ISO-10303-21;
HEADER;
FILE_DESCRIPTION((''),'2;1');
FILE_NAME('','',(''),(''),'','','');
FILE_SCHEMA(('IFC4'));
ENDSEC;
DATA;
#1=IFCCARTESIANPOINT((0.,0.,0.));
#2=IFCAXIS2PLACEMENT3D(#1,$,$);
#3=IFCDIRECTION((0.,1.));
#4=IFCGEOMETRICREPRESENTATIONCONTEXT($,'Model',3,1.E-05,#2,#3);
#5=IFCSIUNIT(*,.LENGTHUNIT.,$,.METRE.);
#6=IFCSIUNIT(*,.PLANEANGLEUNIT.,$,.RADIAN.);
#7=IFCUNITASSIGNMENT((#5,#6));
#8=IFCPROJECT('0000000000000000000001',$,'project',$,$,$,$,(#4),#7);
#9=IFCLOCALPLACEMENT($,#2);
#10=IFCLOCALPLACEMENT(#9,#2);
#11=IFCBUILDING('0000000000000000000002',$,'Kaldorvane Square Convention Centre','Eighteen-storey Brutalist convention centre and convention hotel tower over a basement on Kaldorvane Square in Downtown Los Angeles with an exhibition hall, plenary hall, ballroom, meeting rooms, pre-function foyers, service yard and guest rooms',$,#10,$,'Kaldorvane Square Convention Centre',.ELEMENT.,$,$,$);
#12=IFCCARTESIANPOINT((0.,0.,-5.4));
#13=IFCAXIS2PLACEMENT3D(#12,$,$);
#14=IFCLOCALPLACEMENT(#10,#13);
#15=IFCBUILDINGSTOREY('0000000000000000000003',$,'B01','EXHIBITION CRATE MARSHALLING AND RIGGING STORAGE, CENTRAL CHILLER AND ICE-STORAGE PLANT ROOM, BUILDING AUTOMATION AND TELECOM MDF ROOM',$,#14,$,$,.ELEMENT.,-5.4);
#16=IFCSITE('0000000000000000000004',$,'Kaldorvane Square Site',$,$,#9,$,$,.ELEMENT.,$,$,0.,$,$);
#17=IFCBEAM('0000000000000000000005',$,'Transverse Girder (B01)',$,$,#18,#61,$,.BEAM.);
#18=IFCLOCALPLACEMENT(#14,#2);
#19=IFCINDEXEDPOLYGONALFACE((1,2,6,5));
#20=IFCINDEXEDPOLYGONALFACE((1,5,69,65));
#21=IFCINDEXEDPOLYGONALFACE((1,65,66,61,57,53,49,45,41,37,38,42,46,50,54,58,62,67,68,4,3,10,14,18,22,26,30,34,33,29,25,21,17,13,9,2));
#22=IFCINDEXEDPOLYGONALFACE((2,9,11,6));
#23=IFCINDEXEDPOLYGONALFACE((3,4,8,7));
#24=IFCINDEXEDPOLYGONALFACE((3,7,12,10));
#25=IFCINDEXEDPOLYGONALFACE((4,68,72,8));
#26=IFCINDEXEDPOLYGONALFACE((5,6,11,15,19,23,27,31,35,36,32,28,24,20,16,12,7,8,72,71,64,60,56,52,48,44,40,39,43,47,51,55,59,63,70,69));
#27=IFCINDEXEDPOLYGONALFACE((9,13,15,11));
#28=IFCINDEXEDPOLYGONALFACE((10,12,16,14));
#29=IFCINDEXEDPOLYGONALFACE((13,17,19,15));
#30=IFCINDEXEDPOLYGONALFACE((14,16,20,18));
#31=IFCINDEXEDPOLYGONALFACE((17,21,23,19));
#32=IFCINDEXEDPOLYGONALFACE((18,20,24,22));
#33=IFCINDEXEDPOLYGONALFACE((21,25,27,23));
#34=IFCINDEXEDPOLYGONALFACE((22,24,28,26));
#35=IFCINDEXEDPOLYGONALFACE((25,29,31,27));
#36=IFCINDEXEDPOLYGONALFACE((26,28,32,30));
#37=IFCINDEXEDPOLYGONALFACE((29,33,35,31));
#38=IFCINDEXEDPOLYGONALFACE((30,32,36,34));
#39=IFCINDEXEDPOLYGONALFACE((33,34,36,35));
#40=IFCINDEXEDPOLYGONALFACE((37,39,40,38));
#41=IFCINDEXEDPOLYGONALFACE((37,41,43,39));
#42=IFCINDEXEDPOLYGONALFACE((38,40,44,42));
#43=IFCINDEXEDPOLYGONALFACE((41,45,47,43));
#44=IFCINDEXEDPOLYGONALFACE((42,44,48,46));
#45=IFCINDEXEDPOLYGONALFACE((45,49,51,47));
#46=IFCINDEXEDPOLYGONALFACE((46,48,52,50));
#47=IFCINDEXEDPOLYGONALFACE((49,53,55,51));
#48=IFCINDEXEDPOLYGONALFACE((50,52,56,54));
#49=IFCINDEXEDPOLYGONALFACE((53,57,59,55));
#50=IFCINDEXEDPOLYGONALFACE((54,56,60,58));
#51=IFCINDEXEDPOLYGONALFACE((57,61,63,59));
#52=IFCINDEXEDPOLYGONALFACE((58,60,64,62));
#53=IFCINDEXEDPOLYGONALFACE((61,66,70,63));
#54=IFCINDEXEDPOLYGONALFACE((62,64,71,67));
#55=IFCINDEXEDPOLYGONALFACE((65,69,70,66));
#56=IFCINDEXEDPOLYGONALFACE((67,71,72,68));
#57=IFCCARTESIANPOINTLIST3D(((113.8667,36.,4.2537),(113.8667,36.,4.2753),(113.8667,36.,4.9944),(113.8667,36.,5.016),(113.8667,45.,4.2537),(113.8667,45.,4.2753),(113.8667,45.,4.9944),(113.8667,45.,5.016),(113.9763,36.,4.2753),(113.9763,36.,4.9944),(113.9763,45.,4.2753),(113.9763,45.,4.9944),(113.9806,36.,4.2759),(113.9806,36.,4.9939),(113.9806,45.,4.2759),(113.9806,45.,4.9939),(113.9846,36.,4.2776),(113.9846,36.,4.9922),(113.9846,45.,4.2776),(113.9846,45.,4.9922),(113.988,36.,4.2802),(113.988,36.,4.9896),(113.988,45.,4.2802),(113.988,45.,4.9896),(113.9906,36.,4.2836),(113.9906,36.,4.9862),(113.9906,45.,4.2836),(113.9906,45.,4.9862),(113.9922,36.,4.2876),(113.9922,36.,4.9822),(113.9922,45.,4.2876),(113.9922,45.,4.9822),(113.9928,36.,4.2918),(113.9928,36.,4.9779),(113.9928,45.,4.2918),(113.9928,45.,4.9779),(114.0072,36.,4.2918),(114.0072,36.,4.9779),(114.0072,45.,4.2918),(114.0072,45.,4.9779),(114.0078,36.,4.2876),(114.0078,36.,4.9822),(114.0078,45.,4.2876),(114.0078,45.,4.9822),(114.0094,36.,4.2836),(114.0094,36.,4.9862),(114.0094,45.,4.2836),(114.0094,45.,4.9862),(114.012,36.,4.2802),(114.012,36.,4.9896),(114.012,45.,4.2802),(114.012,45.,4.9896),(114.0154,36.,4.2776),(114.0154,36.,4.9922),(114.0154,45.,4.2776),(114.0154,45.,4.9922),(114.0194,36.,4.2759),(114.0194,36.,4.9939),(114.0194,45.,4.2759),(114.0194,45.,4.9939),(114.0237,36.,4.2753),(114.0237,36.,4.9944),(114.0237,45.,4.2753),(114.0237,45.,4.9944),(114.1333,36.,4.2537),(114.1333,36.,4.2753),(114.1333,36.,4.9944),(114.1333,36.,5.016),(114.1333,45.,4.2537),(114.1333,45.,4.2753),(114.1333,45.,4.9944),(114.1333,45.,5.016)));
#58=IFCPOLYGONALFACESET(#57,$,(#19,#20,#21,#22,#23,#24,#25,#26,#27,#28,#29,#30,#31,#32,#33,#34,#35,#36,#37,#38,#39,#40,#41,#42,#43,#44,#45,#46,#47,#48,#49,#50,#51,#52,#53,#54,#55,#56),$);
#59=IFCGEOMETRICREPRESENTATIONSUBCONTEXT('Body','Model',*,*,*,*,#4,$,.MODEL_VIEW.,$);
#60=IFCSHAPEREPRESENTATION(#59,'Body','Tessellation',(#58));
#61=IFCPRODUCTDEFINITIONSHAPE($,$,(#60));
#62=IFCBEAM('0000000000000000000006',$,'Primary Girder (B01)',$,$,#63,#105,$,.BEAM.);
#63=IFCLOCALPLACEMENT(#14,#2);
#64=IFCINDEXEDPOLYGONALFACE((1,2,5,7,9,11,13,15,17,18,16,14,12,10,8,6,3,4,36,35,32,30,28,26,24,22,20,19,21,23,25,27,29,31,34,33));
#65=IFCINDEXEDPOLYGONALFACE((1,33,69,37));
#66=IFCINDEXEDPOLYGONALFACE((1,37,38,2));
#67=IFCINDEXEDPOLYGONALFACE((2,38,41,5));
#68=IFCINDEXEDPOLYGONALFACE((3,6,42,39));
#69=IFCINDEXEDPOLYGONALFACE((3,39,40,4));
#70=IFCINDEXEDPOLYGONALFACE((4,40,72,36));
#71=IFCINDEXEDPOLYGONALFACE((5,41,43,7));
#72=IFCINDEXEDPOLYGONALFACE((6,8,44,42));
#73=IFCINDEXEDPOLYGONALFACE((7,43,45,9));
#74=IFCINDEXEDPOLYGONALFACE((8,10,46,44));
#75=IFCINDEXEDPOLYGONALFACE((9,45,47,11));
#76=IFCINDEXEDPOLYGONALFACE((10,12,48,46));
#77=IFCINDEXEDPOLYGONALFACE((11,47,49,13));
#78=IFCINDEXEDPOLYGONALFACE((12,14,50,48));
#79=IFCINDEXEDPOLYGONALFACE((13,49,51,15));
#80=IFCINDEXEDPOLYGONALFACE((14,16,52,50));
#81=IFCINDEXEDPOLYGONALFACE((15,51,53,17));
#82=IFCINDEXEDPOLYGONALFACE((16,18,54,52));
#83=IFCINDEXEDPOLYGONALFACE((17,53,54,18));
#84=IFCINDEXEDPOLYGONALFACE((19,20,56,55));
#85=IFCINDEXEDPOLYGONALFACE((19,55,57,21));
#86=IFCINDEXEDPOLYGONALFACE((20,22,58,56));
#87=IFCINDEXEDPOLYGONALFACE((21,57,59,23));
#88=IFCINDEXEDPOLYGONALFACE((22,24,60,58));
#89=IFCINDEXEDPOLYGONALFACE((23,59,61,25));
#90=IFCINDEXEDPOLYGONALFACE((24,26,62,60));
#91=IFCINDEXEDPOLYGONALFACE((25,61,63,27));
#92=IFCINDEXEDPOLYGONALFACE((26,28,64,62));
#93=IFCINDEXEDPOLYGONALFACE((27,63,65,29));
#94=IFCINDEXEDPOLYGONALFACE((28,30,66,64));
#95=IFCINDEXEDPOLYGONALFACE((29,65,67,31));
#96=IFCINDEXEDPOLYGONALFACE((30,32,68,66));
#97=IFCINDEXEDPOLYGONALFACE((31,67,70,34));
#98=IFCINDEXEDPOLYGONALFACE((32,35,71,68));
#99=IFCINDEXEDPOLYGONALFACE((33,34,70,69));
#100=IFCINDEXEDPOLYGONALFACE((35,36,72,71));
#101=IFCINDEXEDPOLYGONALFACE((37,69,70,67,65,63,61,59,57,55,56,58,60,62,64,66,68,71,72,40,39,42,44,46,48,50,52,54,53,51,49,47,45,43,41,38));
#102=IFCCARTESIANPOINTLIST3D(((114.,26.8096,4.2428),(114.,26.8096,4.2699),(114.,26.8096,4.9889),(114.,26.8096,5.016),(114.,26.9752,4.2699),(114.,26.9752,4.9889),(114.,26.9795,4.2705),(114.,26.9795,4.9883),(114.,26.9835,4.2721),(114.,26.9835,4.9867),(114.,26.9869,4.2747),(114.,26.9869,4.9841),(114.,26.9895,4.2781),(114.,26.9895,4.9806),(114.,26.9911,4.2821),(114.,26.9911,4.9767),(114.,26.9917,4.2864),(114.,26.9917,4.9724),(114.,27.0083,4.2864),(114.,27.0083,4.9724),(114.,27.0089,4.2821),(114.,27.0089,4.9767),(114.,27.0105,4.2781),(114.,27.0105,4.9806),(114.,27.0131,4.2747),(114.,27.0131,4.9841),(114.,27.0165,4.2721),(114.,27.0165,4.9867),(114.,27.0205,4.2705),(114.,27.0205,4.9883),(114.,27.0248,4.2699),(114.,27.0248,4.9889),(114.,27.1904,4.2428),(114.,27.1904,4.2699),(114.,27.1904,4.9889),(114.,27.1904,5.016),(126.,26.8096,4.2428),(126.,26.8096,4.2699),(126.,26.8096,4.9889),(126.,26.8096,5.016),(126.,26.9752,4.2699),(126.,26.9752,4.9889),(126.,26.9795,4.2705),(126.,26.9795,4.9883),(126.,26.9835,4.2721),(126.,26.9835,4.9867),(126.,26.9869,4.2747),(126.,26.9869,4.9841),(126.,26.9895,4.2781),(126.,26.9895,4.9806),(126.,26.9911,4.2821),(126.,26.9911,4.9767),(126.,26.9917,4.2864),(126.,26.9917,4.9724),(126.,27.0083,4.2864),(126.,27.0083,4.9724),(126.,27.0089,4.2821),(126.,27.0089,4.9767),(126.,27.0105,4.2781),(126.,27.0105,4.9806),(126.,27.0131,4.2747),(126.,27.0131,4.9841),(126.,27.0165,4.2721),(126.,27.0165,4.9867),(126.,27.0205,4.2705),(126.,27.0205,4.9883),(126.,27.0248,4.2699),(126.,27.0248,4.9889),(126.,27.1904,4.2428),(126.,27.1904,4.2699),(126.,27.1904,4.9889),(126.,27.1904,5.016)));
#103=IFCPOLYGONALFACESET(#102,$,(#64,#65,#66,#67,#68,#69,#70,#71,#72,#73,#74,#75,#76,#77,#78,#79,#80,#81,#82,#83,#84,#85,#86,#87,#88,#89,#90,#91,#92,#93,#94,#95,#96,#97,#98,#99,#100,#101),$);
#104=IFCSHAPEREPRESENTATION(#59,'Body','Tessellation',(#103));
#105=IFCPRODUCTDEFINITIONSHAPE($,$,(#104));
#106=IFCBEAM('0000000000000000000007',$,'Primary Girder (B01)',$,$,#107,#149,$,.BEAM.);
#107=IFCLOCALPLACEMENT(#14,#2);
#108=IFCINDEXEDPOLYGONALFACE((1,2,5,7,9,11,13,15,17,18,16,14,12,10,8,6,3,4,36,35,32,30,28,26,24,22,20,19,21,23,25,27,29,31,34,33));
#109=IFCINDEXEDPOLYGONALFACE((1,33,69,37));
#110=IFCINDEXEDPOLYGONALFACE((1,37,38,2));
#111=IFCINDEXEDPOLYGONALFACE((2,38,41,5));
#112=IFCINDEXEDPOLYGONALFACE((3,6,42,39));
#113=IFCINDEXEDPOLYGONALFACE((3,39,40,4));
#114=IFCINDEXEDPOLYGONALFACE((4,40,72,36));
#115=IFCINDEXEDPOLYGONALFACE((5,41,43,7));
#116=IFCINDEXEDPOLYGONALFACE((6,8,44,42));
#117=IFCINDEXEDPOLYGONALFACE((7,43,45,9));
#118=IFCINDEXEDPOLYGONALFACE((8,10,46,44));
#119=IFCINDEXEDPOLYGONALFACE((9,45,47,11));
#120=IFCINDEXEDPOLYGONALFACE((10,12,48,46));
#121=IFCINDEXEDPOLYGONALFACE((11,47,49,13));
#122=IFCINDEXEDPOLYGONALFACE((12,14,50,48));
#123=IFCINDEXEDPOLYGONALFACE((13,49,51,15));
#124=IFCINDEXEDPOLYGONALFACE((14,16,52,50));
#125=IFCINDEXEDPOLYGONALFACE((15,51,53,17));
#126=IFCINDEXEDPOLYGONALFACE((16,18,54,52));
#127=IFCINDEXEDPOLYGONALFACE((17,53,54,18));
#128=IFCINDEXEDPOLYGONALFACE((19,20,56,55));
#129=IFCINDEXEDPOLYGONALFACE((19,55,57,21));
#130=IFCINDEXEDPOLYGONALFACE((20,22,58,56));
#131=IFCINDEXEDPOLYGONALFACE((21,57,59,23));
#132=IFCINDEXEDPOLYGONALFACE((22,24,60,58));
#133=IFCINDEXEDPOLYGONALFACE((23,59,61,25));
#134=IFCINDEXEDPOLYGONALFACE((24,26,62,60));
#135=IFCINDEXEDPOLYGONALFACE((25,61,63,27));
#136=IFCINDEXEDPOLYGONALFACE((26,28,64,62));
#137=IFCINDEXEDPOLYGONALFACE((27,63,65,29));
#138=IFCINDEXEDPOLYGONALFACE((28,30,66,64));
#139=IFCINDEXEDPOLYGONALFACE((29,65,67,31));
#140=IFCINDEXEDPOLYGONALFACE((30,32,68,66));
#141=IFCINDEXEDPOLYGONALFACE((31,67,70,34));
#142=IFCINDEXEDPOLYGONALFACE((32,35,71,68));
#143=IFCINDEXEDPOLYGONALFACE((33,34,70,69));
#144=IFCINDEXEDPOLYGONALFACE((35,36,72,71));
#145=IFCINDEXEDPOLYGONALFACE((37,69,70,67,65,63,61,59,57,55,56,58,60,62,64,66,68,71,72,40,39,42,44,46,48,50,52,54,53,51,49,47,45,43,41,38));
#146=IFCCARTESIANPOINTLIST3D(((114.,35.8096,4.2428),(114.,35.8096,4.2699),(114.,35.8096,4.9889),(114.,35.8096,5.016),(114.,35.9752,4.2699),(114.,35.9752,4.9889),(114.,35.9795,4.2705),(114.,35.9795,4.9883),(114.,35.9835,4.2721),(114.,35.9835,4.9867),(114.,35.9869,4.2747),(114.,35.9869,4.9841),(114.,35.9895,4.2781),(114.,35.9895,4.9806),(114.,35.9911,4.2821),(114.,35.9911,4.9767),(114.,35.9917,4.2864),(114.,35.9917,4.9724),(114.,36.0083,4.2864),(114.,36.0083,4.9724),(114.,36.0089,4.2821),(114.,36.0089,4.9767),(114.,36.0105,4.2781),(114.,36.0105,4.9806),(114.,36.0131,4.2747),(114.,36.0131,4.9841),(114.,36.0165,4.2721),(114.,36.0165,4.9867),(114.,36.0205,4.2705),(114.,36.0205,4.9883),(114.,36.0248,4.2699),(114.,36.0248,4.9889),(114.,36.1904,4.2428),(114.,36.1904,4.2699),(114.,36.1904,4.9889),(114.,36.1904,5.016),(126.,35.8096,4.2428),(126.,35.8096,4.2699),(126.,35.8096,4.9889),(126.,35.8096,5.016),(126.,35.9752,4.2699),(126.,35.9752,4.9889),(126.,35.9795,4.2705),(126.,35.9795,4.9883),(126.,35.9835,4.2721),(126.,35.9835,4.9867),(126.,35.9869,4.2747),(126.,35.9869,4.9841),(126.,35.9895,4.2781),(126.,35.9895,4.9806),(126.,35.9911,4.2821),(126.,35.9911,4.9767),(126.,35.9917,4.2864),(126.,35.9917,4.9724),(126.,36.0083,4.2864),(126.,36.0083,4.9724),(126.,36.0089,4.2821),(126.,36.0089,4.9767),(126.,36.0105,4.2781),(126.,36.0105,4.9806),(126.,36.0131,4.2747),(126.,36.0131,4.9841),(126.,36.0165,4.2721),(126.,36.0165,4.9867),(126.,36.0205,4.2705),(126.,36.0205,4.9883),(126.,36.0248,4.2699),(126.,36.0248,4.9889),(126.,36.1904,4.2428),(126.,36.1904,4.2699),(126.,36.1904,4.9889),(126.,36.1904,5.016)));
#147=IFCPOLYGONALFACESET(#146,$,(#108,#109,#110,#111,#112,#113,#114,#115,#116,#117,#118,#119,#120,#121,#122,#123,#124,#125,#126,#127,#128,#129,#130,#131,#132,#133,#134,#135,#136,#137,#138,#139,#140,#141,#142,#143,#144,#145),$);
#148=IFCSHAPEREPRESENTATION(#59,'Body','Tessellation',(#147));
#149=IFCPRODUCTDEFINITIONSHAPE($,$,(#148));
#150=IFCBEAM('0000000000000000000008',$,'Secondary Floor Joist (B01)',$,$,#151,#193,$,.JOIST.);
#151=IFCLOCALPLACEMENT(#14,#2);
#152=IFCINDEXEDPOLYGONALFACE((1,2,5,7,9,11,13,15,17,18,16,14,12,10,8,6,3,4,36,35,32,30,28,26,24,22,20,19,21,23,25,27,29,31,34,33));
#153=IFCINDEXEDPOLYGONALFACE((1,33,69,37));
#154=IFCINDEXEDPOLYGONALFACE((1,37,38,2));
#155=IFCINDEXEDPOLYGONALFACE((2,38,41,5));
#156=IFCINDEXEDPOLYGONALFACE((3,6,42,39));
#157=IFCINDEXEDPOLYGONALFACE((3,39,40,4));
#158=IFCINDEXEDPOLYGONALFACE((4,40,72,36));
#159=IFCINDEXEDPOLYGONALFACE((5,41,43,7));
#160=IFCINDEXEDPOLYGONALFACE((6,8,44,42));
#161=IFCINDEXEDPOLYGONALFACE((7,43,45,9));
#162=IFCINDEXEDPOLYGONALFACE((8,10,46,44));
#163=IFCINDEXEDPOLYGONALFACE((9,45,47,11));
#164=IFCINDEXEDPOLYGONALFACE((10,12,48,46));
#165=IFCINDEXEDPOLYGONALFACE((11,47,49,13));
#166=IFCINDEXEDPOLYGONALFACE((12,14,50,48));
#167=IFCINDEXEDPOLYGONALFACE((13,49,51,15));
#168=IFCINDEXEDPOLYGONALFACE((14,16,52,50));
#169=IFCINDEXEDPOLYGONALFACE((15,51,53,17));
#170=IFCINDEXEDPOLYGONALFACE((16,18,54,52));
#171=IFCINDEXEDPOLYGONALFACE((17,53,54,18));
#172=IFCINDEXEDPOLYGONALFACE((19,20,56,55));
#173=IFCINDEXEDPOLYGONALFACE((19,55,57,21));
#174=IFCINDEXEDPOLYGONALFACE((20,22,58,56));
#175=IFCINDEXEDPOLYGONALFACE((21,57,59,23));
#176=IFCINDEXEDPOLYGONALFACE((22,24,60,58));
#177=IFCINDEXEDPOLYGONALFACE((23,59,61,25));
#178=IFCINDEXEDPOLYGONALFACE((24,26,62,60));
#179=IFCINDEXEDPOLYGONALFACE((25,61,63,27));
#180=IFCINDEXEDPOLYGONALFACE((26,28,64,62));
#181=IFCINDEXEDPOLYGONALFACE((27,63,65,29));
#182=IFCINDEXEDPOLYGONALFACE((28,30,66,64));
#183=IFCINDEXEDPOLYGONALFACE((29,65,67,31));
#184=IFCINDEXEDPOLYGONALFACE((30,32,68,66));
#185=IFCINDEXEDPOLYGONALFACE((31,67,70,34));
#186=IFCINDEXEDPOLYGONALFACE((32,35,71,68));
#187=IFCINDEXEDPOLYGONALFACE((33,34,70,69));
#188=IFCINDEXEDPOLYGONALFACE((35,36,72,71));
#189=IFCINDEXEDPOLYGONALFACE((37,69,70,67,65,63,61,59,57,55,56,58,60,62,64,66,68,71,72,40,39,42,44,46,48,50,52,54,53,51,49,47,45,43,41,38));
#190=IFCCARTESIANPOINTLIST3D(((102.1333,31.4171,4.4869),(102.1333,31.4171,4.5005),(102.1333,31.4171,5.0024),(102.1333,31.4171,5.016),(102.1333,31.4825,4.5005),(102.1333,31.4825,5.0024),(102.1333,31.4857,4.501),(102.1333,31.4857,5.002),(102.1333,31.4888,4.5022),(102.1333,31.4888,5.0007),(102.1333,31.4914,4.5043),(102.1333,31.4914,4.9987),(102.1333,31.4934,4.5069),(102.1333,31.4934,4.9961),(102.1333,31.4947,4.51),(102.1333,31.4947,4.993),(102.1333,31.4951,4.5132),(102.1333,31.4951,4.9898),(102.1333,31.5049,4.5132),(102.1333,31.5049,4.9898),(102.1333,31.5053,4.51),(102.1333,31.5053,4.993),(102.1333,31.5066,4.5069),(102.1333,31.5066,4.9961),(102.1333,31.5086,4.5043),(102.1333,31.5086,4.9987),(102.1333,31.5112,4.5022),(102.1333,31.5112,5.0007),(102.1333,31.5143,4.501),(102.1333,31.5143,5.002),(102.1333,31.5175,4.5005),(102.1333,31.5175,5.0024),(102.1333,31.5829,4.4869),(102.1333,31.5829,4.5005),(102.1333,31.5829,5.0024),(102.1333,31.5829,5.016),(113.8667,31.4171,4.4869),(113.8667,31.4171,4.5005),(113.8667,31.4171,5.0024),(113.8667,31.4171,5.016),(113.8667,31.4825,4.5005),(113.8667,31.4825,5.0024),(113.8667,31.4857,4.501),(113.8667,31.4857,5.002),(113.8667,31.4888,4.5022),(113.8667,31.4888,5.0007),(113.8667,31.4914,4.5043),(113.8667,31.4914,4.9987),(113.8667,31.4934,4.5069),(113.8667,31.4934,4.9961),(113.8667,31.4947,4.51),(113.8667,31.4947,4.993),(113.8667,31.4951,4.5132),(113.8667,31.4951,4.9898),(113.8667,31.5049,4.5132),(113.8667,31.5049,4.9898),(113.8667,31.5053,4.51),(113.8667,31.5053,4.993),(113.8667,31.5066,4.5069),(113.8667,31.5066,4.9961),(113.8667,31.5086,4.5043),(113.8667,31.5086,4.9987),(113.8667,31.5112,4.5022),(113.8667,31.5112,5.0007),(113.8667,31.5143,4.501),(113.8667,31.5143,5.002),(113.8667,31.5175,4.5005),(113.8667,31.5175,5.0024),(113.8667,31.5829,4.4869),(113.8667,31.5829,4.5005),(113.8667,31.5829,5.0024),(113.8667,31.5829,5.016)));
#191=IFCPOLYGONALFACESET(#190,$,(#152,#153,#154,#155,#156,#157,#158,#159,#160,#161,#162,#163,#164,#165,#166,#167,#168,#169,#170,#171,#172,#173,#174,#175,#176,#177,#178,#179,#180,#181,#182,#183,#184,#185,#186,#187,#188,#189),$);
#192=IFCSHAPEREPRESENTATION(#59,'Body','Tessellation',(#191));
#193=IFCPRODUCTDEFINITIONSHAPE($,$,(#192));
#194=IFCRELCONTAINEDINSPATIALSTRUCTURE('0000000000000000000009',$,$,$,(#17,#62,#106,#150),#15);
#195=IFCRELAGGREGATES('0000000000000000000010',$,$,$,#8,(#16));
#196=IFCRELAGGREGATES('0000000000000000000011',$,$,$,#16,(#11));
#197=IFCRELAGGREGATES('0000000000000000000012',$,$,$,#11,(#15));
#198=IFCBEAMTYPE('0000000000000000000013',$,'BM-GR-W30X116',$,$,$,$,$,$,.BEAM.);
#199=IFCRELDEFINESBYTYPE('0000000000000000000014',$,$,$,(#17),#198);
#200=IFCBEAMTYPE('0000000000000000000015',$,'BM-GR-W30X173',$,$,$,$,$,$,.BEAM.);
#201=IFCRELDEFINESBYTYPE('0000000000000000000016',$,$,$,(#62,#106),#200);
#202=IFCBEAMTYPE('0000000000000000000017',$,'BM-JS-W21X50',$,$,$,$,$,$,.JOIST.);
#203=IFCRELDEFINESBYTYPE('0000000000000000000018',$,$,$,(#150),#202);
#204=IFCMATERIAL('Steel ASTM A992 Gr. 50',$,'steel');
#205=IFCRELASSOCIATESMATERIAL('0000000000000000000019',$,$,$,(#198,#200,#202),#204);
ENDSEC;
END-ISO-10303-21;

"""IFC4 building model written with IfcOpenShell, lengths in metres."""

from ifc_helpers import new_model, si_unit, direction, frame, origin, origin_2d, place, context, subcontext, project, spatial, i_section, extrude, material, material_profile, profile_set, type_object, element, save


model = new_model("IFC4")

# Units and contexts
model_context = context("Model", 3, precision=1e-05, world=origin(), true_north=direction((0.0, 1.0)))
body_context = subcontext(model_context, "Body", "Model", "MODEL_VIEW")
ifc_project = project(units=[si_unit("LENGTHUNIT", "METRE"), si_unit("PLANEANGLEUNIT", "RADIAN")], contexts=[model_context])

# Site, building, storey
site_placement = place(None, origin())
site = spatial("IfcSite", under=ifc_project, at=site_placement, Name="Kaldorvane Square Site", CompositionType="ELEMENT", RefElevation=0.0)
building_placement = place(site_placement, origin())
building = spatial("IfcBuilding", under=site, at=building_placement, Name="Kaldorvane Square Convention Centre", Description="Eighteen-storey Brutalist convention centre and convention hotel tower over a basement on Kaldorvane Square in Downtown Los Angeles with an exhibition hall, plenary hall, ballroom, meeting rooms, pre-function foyers, service yard and guest rooms", LongName="Kaldorvane Square Convention Centre", CompositionType="ELEMENT")
storey_placement = place(building_placement, frame((0.0, 0.0, -5.4)))
storey = spatial("IfcBuildingStorey", under=building, at=storey_placement, Name="B01", Description="EXHIBITION CRATE MARSHALLING AND RIGGING STORAGE, CENTRAL CHILLER AND ICE-STORAGE PLANT ROOM, BUILDING AUTOMATION AND TELECOM MDF ROOM", CompositionType="ELEMENT", Elevation=-5.4)

# Shared definitions
ifc_material_1 = material(Name="Steel ASTM A992 Gr. 50", Category="steel")

# Beams
ifc_material_profile_1 = material_profile(ifc_material_1, i_section(OverallWidth=0.2666, OverallDepth=0.7623, WebThickness=0.0144, FlangeThickness=0.0216, FilletRadius=0.0165, at=origin_2d()), Name="W30X116")
ifc_profile_set_1 = profile_set([ifc_material_profile_1], Name="Steel ASTM A992 Gr. 50")
beam_type_1 = type_object("IfcBeamType", Name="BM-GR-W30X116", PredefinedType="BEAM", material=ifc_profile_set_1)
for number, where, z_axis, x_axis, name in (
    (1, (114.0, 36.0, 4.6349), (0.0, 1.0, 0.0), (-1.0, 0.0, 0.0), "Transverse Girder (B01)"),
):
    element("IfcBeam", number, at=place(storey_placement, frame(where, z_axis=z_axis, x_axis=x_axis)), inside=storey, type_object=beam_type_1, Name=name, PredefinedType="BEAM", context=body_context, shape_type="SweptSolid", body=[
        extrude(i_section(OverallWidth=0.2666, OverallDepth=0.7623, WebThickness=0.0144, FlangeThickness=0.0216, FilletRadius=0.0165, at=origin_2d()), origin(), (0.0, 0.0, 1.0), 9.0),
    ])
ifc_material_profile_2 = material_profile(ifc_material_1, i_section(OverallWidth=0.3807, OverallDepth=0.7732, WebThickness=0.0166, FlangeThickness=0.0271, FilletRadius=0.0165, at=origin_2d()), Name="W30X173")
ifc_profile_set_2 = profile_set([ifc_material_profile_2], Name="Steel ASTM A992 Gr. 50")
beam_type_2 = type_object("IfcBeamType", Name="BM-GR-W30X173", PredefinedType="BEAM", material=ifc_profile_set_2)
for number, where, z_axis, x_axis, name in (
    (2, (114.0, 27.0, 4.6294), (1.0, 0.0, 0.0), (0.0, 1.0, 0.0), "Primary Girder (B01)"),
    (3, (114.0, 36.0, 4.6294), (1.0, 0.0, 0.0), (0.0, 1.0, 0.0), "Primary Girder (B01)"),
):
    element("IfcBeam", number, at=place(storey_placement, frame(where, z_axis=z_axis, x_axis=x_axis)), inside=storey, type_object=beam_type_2, Name=name, PredefinedType="BEAM", context=body_context, shape_type="SweptSolid", body=[
        extrude(i_section(OverallWidth=0.3807, OverallDepth=0.7732, WebThickness=0.0166, FlangeThickness=0.0271, FilletRadius=0.0165, at=origin_2d()), origin(), (0.0, 0.0, 1.0), 12.0),
    ])
ifc_material_profile_3 = material_profile(ifc_material_1, i_section(OverallWidth=0.1659, OverallDepth=0.5291, WebThickness=0.0097, FlangeThickness=0.0136, FilletRadius=0.0127, at=origin_2d()), Name="W21X50")
ifc_profile_set_3 = profile_set([ifc_material_profile_3], Name="Steel ASTM A992 Gr. 50")
beam_type_3 = type_object("IfcBeamType", Name="BM-JS-W21X50", PredefinedType="JOIST", material=ifc_profile_set_3)
for number, where, z_axis, x_axis, name in (
    (4, (102.1333, 31.5, 4.7515), (1.0, 0.0, 0.0), (0.0, 1.0, 0.0), "Secondary Floor Joist (B01)"),
):
    element("IfcBeam", number, at=place(storey_placement, frame(where, z_axis=z_axis, x_axis=x_axis)), inside=storey, type_object=beam_type_3, Name=name, PredefinedType="JOIST", context=body_context, shape_type="SweptSolid", body=[
        extrude(i_section(OverallWidth=0.1659, OverallDepth=0.5291, WebThickness=0.0097, FlangeThickness=0.0136, FilletRadius=0.0127, at=origin_2d()), origin(), (0.0, 0.0, 1.0), 11.7334),
    ])

save(model, "model.ifc")
